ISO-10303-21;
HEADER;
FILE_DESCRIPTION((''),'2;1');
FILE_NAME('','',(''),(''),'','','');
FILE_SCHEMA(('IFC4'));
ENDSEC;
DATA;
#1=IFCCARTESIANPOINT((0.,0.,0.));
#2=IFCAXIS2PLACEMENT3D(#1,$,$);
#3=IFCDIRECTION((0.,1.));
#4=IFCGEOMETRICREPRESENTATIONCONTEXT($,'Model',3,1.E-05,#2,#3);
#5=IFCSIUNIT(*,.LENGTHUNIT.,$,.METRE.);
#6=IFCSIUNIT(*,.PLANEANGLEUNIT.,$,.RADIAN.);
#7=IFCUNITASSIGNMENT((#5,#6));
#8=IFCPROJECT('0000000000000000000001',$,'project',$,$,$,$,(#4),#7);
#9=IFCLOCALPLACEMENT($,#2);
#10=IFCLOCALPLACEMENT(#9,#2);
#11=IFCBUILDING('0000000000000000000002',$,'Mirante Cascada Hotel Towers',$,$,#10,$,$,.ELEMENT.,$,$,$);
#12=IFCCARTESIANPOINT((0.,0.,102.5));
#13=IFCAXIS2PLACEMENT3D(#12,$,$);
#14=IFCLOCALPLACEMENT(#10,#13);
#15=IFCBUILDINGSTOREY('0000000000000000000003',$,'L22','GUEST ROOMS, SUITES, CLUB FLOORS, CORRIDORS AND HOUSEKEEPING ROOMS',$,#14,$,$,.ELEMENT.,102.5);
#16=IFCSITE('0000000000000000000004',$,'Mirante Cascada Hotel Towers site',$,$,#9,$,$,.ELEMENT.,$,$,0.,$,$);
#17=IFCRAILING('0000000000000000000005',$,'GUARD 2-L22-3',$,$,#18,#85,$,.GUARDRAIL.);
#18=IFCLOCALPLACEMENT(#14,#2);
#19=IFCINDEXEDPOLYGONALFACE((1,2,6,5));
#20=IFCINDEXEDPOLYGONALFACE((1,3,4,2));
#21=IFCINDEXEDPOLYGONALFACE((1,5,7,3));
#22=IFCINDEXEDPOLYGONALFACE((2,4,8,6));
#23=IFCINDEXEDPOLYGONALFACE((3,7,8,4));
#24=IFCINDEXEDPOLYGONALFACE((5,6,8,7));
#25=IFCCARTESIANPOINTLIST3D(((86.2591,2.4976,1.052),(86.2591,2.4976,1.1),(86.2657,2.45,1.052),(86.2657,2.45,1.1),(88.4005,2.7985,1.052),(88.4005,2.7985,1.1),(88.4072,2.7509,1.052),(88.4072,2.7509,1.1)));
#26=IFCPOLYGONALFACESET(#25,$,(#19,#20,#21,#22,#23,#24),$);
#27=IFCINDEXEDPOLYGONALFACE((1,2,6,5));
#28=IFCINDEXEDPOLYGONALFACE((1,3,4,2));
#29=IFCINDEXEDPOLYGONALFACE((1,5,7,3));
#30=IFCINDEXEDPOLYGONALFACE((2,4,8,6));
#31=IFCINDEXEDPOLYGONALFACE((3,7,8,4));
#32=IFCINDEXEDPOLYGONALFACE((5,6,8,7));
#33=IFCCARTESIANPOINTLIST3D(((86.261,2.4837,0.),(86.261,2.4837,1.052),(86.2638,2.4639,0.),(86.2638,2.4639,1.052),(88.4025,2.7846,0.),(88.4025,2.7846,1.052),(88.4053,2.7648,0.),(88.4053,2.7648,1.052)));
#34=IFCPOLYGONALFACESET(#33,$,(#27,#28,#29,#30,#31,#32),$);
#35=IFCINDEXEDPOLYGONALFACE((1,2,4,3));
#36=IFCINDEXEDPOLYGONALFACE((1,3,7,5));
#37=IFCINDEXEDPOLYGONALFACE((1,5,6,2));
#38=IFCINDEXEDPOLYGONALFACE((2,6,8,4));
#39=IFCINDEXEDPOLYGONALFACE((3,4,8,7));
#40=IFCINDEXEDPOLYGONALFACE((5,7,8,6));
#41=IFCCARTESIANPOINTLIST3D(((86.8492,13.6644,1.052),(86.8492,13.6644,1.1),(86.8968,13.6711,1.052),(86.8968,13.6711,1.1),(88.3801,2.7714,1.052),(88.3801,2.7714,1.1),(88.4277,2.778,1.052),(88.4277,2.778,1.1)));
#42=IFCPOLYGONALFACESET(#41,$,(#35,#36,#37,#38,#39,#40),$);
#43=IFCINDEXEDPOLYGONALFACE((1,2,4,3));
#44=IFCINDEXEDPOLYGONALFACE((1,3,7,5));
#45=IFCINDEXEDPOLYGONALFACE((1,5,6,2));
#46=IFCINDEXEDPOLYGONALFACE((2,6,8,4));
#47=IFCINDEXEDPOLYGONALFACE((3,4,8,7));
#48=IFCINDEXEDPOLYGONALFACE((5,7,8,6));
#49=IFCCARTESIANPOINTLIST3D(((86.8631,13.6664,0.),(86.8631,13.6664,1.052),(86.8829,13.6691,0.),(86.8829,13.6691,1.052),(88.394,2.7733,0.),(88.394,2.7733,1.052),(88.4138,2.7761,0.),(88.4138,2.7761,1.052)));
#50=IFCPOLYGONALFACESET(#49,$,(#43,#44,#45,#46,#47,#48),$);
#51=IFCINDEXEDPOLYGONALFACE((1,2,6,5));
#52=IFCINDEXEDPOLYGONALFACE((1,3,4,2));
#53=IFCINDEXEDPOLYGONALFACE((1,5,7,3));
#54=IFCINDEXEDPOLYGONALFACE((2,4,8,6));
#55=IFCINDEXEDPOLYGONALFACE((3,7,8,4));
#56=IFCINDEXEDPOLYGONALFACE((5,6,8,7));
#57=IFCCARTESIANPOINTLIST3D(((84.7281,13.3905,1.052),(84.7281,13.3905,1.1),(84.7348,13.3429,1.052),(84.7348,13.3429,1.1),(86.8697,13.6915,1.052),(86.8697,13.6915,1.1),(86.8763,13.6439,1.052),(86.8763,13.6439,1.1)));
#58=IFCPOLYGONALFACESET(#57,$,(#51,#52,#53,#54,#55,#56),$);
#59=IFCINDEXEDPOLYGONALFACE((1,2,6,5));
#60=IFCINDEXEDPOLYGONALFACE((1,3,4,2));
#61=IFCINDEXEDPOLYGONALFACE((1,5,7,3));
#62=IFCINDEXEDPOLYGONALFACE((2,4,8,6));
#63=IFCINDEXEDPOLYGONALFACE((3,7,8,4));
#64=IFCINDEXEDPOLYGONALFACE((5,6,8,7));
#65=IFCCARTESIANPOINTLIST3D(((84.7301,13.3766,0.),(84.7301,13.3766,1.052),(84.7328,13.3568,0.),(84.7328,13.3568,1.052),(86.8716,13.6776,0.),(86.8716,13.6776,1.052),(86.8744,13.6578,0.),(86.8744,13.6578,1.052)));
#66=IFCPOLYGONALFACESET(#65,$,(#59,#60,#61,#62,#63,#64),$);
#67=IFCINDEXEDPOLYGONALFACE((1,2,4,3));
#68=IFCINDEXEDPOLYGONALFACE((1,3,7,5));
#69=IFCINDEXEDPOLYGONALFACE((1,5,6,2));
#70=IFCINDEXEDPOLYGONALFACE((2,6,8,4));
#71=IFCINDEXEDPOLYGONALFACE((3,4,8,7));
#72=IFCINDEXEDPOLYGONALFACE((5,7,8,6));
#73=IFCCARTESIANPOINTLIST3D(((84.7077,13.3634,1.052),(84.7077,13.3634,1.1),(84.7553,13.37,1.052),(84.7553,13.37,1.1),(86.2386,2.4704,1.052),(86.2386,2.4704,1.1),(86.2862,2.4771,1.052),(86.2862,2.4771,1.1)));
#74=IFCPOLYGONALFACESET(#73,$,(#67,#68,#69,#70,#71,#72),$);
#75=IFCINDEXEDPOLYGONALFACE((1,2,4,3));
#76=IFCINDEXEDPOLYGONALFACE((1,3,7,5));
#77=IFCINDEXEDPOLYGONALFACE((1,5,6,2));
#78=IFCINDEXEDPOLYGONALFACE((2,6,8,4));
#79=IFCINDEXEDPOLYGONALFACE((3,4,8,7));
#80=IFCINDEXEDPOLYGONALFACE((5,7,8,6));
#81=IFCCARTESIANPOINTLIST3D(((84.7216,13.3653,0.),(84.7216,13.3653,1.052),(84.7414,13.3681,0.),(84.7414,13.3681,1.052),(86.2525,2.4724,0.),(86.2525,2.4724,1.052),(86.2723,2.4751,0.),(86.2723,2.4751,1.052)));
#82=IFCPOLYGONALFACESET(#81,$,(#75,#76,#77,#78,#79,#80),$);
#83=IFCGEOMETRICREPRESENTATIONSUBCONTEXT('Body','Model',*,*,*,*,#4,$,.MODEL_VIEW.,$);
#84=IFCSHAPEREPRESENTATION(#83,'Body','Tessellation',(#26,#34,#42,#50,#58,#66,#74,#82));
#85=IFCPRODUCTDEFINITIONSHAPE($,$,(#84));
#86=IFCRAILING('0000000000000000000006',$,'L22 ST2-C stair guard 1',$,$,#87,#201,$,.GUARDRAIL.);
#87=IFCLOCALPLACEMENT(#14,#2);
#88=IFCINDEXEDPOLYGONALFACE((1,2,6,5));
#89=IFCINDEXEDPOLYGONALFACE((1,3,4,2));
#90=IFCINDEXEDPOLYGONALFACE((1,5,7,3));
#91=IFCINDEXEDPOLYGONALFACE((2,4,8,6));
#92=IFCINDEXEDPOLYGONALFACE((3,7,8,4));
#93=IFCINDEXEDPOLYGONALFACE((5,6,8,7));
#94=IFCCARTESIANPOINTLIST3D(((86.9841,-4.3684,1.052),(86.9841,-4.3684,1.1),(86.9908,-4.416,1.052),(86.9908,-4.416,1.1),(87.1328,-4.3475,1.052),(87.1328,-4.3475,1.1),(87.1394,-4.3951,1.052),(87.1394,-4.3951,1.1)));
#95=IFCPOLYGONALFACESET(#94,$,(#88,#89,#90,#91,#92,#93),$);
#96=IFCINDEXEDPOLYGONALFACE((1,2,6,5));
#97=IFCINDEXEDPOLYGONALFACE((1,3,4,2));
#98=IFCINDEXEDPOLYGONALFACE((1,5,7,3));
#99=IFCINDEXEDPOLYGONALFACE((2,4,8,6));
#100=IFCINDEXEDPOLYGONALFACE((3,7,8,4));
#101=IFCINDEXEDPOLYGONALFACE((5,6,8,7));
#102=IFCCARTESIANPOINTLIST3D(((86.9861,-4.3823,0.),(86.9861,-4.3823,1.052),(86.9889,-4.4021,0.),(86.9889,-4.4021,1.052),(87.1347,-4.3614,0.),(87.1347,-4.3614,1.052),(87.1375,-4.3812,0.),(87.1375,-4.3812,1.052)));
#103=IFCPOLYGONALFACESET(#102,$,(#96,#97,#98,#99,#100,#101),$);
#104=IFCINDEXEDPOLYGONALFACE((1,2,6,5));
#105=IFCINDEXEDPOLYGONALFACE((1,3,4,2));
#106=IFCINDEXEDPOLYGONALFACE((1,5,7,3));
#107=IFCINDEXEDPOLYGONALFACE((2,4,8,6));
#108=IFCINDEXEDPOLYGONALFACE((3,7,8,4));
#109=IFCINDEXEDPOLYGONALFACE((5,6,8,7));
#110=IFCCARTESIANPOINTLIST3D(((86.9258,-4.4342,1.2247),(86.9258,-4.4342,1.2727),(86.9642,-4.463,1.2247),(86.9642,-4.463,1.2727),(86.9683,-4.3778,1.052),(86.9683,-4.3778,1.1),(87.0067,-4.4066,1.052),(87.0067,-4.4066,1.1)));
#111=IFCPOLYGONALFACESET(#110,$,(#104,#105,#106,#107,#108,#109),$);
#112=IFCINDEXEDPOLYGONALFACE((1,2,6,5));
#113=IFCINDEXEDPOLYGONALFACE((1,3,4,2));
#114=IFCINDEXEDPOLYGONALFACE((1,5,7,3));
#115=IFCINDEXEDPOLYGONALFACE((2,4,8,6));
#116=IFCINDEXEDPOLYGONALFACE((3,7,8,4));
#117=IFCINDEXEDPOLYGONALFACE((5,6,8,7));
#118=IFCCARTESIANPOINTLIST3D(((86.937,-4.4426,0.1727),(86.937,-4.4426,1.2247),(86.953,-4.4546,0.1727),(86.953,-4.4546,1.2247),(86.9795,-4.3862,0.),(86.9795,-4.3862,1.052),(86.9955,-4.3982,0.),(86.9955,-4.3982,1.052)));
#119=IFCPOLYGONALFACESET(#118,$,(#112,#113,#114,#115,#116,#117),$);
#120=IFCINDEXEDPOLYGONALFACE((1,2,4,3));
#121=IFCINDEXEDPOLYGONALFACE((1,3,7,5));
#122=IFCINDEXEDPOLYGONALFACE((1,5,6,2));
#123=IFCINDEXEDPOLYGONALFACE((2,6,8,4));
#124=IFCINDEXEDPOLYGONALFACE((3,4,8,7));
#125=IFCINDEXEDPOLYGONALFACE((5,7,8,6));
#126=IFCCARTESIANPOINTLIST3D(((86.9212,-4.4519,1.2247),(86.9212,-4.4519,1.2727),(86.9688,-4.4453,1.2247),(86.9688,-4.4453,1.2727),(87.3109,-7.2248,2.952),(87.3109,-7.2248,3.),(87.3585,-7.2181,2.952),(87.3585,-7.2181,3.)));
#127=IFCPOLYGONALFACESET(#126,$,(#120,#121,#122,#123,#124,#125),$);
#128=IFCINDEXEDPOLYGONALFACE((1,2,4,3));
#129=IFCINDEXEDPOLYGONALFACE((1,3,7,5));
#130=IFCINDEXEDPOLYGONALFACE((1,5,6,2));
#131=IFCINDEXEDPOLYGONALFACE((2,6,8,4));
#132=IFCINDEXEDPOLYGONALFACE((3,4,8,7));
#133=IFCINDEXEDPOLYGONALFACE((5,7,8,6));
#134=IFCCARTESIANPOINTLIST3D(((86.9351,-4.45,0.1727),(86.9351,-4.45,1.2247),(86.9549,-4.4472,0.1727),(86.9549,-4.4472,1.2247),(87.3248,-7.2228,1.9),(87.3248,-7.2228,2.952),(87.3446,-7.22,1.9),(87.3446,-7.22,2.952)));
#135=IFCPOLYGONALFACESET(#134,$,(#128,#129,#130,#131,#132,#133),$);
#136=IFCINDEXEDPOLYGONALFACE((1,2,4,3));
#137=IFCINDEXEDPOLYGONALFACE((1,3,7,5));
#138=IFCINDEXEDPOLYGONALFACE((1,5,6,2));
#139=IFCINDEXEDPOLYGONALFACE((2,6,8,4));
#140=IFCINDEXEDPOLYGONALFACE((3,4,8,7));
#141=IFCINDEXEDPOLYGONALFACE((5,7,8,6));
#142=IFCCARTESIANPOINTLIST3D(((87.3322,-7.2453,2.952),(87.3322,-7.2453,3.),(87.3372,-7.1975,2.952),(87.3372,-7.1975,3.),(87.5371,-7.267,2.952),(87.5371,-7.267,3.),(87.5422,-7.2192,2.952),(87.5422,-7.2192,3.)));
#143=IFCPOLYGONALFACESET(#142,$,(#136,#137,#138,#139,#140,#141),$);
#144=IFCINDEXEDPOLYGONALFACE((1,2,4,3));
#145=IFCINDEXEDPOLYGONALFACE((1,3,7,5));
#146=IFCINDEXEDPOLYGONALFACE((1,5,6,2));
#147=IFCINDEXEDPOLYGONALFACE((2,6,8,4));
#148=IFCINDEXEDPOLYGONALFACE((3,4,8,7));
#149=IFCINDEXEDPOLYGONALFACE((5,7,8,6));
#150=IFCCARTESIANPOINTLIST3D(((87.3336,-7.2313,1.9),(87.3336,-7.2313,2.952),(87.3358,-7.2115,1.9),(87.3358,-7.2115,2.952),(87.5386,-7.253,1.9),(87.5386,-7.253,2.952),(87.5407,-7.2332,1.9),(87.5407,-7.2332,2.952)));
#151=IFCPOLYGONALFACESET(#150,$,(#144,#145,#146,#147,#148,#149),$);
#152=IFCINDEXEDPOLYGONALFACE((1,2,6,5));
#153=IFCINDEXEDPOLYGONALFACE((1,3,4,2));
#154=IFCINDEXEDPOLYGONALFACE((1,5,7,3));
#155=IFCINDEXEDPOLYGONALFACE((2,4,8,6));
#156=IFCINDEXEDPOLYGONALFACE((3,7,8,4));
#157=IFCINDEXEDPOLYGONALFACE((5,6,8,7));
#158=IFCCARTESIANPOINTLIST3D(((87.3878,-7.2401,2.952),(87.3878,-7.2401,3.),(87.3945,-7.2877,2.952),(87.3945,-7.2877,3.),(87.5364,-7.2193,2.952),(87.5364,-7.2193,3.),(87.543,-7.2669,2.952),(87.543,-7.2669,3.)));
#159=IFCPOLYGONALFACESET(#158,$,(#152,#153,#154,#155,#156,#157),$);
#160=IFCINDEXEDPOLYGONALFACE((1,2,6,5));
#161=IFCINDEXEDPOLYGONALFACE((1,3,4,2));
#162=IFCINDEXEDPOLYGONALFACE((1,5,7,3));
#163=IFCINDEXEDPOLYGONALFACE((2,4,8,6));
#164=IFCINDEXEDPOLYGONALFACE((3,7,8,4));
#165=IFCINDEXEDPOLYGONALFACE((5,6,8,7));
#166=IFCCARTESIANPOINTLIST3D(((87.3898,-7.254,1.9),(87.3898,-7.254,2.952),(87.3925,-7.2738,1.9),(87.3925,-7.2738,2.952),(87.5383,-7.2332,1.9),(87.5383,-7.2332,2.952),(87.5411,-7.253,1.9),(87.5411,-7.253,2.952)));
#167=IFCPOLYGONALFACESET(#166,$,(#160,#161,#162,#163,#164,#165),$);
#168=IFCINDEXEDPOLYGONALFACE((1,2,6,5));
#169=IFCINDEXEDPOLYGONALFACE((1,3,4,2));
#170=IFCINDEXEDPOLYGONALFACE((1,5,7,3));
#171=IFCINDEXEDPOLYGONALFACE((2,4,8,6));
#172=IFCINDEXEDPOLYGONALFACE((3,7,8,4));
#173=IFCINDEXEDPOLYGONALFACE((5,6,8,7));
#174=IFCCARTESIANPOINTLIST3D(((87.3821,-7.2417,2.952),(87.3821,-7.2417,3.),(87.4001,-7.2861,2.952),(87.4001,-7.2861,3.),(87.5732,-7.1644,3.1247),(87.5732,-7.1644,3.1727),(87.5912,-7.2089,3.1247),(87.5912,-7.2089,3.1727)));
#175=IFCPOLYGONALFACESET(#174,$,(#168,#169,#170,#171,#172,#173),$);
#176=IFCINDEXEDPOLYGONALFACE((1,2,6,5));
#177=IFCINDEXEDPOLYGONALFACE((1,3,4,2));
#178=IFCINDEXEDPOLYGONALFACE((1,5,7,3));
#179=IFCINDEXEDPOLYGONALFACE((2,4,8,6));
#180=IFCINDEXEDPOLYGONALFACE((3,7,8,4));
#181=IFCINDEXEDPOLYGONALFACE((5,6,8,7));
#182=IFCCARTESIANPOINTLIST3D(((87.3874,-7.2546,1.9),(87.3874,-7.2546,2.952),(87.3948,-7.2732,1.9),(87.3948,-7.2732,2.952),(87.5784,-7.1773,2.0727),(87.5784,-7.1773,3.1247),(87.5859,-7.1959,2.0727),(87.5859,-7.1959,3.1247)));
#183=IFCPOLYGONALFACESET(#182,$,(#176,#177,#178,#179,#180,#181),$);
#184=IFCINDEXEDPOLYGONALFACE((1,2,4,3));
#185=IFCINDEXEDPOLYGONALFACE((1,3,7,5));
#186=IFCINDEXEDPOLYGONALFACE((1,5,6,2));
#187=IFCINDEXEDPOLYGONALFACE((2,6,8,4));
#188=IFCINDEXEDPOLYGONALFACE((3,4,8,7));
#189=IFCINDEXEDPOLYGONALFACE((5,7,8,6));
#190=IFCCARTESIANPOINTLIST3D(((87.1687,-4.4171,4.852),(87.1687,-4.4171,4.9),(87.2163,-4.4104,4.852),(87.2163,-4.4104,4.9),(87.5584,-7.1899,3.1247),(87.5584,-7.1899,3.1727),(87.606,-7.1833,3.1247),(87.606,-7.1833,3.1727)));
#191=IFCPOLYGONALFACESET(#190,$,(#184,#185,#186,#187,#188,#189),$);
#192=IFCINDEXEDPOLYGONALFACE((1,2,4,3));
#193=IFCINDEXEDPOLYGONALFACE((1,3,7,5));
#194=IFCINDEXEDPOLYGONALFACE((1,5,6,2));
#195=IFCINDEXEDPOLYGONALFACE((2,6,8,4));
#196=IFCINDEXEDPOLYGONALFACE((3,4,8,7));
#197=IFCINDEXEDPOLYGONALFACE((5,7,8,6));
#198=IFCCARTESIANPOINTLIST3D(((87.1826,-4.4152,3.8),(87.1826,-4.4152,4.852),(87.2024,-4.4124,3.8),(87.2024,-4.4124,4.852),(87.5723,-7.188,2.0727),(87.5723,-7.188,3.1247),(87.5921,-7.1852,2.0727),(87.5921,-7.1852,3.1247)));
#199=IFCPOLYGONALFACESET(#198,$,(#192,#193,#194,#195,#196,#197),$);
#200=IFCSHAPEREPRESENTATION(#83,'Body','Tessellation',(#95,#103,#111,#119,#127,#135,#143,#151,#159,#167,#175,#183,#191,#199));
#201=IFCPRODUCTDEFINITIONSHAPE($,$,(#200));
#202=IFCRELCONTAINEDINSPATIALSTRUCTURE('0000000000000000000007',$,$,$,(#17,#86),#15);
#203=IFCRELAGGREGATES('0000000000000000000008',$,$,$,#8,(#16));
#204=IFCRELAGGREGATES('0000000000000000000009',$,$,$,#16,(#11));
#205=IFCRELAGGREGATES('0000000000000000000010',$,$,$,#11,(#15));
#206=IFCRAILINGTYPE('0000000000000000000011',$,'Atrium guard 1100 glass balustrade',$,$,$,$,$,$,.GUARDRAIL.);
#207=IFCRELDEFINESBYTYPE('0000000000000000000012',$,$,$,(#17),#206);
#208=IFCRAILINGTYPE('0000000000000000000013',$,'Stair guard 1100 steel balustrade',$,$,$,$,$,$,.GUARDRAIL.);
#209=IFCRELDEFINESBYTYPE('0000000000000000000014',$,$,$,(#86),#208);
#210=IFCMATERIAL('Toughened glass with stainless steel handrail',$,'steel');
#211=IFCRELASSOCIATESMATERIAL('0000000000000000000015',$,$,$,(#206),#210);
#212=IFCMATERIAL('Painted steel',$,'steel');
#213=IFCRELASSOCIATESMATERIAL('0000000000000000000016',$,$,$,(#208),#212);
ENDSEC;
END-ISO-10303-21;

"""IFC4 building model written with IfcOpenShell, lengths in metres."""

from ifc_helpers import new_model, si_unit, direction, frame, origin, origin_2d, place, context, subcontext, project, spatial, rectangle, extrude, material, type_object, element, save


model = new_model("IFC4")

# Units and contexts
model_context = context("Model", 3, precision=1e-05, world=origin(), true_north=direction((0.0, 1.0)))
body_context = subcontext(model_context, "Body", "Model", "MODEL_VIEW")
ifc_project = project(units=[si_unit("LENGTHUNIT", "METRE"), si_unit("PLANEANGLEUNIT", "RADIAN")], contexts=[model_context])

# Site, building, storey
site_placement = place(None, origin())
site = spatial("IfcSite", under=ifc_project, at=site_placement, Name="Mirante Cascada Hotel Towers site", CompositionType="ELEMENT", RefElevation=0.0)
building_placement = place(site_placement, origin())
building = spatial("IfcBuilding", under=site, at=building_placement, Name="Mirante Cascada Hotel Towers", CompositionType="ELEMENT")
storey_placement = place(building_placement, frame((0.0, 0.0, 102.5)))
storey = spatial("IfcBuildingStorey", under=building, at=storey_placement, Name="L22", Description="GUEST ROOMS, SUITES, CLUB FLOORS, CORRIDORS AND HOUSEKEEPING ROOMS", CompositionType="ELEMENT", Elevation=102.5)

# Railings
ifc_material_1 = material(Name="Toughened glass with stainless steel handrail", Category="steel")
railing_type_1 = type_object("IfcRailingType", Name="Atrium guard 1100 glass balustrade", PredefinedType="GUARDRAIL", material=ifc_material_1)
railing_1_placement = place(storey_placement, frame((86.2624, 2.4738, 0.0)))
element("IfcRailing", 1, at=railing_1_placement, inside=storey, type_object=railing_type_1, Name="GUARD 2-L22-3", PredefinedType="GUARDRAIL", context=body_context, shape_type="SweptSolid", body=[
    extrude(rectangle(XDim=0.048, YDim=0.048, at=origin_2d()), frame((0.0, 0.0, 1.076), z_axis=(0.990272, 0.139142, 0.0), x_axis=(-0.139142, 0.990272, 0.0)), (0.0, 0.0, 1.0), 2.1625),
    extrude(rectangle(XDim=0.02, YDim=1.052, at=origin_2d()), frame((0.0, 0.0, 0.526), z_axis=(0.990272, 0.139142, 0.0), x_axis=(-0.139142, 0.990272, 0.0)), (0.0, 0.0, 1.0), 2.1625),
    extrude(rectangle(XDim=0.048, YDim=0.048, at=origin_2d()), frame((2.1415, 0.3009, 1.076), z_axis=(-0.139172, 0.990268, 0.0), x_axis=(-0.990268, -0.139172, 0.0)), (0.0, 0.0, 1.0), 11.0001),
    extrude(rectangle(XDim=0.02, YDim=1.052, at=origin_2d()), frame((2.1415, 0.3009, 0.526), z_axis=(-0.139172, 0.990268, 0.0), x_axis=(-0.990268, -0.139172, 0.0)), (0.0, 0.0, 1.0), 11.0001),
    extrude(rectangle(XDim=0.048, YDim=0.048, at=origin_2d()), frame((0.6106, 11.1939, 1.076), z_axis=(-0.990266, -0.139187, 0.0), x_axis=(0.139187, -0.990266, 0.0)), (0.0, 0.0, 1.0), 2.1626),
    extrude(rectangle(XDim=0.02, YDim=1.052, at=origin_2d()), frame((0.6106, 11.1939, 0.526), z_axis=(-0.990266, -0.139187, 0.0), x_axis=(0.139187, -0.990266, 0.0)), (0.0, 0.0, 1.0), 2.1626),
    extrude(rectangle(XDim=0.048, YDim=0.048, at=origin_2d()), frame((-1.5309, 10.8929, 1.076), z_axis=(0.139173, -0.990268, 0.0), x_axis=(0.990268, 0.139173, 0.0)), (0.0, 0.0, 1.0), 11.0),
    extrude(rectangle(XDim=0.02, YDim=1.052, at=origin_2d()), frame((-1.5309, 10.8929, 0.526), z_axis=(0.139173, -0.990268, 0.0), x_axis=(0.990268, 0.139173, 0.0)), (0.0, 0.0, 1.0), 11.0),
])
ifc_material_2 = material(Name="Painted steel", Category="steel")
railing_type_2 = type_object("IfcRailingType", Name="Stair guard 1100 steel balustrade", PredefinedType="GUARDRAIL", material=ifc_material_2)
railing_2_placement = place(storey_placement, frame((87.1361, -4.3713, 0.0)))
element("IfcRailing", 2, at=railing_2_placement, inside=storey, type_object=railing_type_2, Name="L22 ST2-C stair guard 1", PredefinedType="GUARDRAIL", context=body_context, shape_type="SweptSolid", body=[
    extrude(rectangle(XDim=0.048, YDim=0.048, at=origin_2d()), frame((0.0, 0.0, 1.076), z_axis=(-0.990254, -0.139275, 0.0), x_axis=(0.139275, -0.990254, 0.0)), (0.0, 0.0, 1.0), 0.1501),
    extrude(rectangle(XDim=0.02, YDim=1.052, at=origin_2d()), frame((0.0, 0.0, 0.526), z_axis=(-0.990254, -0.139275, 0.0), x_axis=(0.139275, -0.990254, 0.0)), (0.0, 0.0, 1.0), 0.1501),
    extrude(rectangle(XDim=0.048, YDim=0.048, at=origin_2d()), frame((-0.1486, -0.0209, 1.076), z_axis=(-0.601811, -0.798639, 0.0), x_axis=(0.798639, -0.601811, 0.0)), (0.0, 0.925603, 0.378496), 0.1866),
    extrude(rectangle(XDim=0.02, YDim=1.052, at=origin_2d()), frame((-0.1486, -0.0209, 0.526), z_axis=(-0.601811, -0.798639, 0.0), x_axis=(0.798639, -0.601811, 0.0)), (0.0, 0.925603, 0.378496), 0.1866),
    extrude(rectangle(XDim=0.048, YDim=0.048, at=origin_2d()), frame((-0.1911, -0.0773, 1.2487), z_axis=(0.139176, -0.990268, 0.0), x_axis=(0.990268, 0.139176, 0.0)), (0.0, 0.525021, 0.851089), 3.29),
    extrude(rectangle(XDim=0.02, YDim=1.052, at=origin_2d()), frame((-0.1911, -0.0773, 0.6987), z_axis=(0.139176, -0.990268, 0.0), x_axis=(0.990268, 0.139176, 0.0)), (0.0, 0.525021, 0.851089), 3.29),
    extrude(rectangle(XDim=0.048, YDim=0.048, at=origin_2d()), frame((0.1986, -2.8501, 2.976), z_axis=(0.994444, -0.105266, 0.0), x_axis=(0.105266, 0.994444, 0.0)), (0.0, 0.0, 1.0), 0.2061),
    extrude(rectangle(XDim=0.02, YDim=1.052, at=origin_2d()), frame((0.1986, -2.8501, 2.426), z_axis=(0.994444, -0.105266, 0.0), x_axis=(0.105266, 0.994444, 0.0)), (0.0, 0.0, 1.0), 0.2061),
    extrude(rectangle(XDim=0.048, YDim=0.048, at=origin_2d()), frame((0.4036, -2.8718, 2.976), z_axis=(-0.990345, -0.138622, 0.0), x_axis=(0.138622, -0.990345, 0.0)), (0.0, 0.0, 1.0), 0.15),
    extrude(rectangle(XDim=0.02, YDim=1.052, at=origin_2d()), frame((0.4036, -2.8718, 2.426), z_axis=(-0.990345, -0.138622, 0.0), x_axis=(0.138622, -0.990345, 0.0)), (0.0, 0.0, 1.0), 0.15),
    extrude(rectangle(XDim=0.048, YDim=0.048, at=origin_2d()), frame((0.255, -2.8926, 2.976), z_axis=(0.927031, 0.374984, 0.0), x_axis=(-0.374984, 0.927031, 0.0)), (0.0, 0.64219, 0.766545), 0.2689),
    extrude(rectangle(XDim=0.02, YDim=1.052, at=origin_2d()), frame((0.255, -2.8926, 2.426), z_axis=(0.927031, 0.374984, 0.0), x_axis=(-0.374984, 0.927031, 0.0)), (0.0, 0.64219, 0.766545), 0.2689),
    extrude(rectangle(XDim=0.048, YDim=0.048, at=origin_2d()), frame((0.4461, -2.8153, 3.1487), z_axis=(-0.139176, 0.990268, 0.0), x_axis=(-0.990268, -0.139176, 0.0)), (0.0, 0.525021, 0.851089), 3.29),
    extrude(rectangle(XDim=0.02, YDim=1.052, at=origin_2d()), frame((0.4461, -2.8153, 2.5987), z_axis=(-0.139176, 0.990268, 0.0), x_axis=(-0.990268, -0.139176, 0.0)), (0.0, 0.525021, 0.851089), 3.29),
])

save(model, "model.ifc")
